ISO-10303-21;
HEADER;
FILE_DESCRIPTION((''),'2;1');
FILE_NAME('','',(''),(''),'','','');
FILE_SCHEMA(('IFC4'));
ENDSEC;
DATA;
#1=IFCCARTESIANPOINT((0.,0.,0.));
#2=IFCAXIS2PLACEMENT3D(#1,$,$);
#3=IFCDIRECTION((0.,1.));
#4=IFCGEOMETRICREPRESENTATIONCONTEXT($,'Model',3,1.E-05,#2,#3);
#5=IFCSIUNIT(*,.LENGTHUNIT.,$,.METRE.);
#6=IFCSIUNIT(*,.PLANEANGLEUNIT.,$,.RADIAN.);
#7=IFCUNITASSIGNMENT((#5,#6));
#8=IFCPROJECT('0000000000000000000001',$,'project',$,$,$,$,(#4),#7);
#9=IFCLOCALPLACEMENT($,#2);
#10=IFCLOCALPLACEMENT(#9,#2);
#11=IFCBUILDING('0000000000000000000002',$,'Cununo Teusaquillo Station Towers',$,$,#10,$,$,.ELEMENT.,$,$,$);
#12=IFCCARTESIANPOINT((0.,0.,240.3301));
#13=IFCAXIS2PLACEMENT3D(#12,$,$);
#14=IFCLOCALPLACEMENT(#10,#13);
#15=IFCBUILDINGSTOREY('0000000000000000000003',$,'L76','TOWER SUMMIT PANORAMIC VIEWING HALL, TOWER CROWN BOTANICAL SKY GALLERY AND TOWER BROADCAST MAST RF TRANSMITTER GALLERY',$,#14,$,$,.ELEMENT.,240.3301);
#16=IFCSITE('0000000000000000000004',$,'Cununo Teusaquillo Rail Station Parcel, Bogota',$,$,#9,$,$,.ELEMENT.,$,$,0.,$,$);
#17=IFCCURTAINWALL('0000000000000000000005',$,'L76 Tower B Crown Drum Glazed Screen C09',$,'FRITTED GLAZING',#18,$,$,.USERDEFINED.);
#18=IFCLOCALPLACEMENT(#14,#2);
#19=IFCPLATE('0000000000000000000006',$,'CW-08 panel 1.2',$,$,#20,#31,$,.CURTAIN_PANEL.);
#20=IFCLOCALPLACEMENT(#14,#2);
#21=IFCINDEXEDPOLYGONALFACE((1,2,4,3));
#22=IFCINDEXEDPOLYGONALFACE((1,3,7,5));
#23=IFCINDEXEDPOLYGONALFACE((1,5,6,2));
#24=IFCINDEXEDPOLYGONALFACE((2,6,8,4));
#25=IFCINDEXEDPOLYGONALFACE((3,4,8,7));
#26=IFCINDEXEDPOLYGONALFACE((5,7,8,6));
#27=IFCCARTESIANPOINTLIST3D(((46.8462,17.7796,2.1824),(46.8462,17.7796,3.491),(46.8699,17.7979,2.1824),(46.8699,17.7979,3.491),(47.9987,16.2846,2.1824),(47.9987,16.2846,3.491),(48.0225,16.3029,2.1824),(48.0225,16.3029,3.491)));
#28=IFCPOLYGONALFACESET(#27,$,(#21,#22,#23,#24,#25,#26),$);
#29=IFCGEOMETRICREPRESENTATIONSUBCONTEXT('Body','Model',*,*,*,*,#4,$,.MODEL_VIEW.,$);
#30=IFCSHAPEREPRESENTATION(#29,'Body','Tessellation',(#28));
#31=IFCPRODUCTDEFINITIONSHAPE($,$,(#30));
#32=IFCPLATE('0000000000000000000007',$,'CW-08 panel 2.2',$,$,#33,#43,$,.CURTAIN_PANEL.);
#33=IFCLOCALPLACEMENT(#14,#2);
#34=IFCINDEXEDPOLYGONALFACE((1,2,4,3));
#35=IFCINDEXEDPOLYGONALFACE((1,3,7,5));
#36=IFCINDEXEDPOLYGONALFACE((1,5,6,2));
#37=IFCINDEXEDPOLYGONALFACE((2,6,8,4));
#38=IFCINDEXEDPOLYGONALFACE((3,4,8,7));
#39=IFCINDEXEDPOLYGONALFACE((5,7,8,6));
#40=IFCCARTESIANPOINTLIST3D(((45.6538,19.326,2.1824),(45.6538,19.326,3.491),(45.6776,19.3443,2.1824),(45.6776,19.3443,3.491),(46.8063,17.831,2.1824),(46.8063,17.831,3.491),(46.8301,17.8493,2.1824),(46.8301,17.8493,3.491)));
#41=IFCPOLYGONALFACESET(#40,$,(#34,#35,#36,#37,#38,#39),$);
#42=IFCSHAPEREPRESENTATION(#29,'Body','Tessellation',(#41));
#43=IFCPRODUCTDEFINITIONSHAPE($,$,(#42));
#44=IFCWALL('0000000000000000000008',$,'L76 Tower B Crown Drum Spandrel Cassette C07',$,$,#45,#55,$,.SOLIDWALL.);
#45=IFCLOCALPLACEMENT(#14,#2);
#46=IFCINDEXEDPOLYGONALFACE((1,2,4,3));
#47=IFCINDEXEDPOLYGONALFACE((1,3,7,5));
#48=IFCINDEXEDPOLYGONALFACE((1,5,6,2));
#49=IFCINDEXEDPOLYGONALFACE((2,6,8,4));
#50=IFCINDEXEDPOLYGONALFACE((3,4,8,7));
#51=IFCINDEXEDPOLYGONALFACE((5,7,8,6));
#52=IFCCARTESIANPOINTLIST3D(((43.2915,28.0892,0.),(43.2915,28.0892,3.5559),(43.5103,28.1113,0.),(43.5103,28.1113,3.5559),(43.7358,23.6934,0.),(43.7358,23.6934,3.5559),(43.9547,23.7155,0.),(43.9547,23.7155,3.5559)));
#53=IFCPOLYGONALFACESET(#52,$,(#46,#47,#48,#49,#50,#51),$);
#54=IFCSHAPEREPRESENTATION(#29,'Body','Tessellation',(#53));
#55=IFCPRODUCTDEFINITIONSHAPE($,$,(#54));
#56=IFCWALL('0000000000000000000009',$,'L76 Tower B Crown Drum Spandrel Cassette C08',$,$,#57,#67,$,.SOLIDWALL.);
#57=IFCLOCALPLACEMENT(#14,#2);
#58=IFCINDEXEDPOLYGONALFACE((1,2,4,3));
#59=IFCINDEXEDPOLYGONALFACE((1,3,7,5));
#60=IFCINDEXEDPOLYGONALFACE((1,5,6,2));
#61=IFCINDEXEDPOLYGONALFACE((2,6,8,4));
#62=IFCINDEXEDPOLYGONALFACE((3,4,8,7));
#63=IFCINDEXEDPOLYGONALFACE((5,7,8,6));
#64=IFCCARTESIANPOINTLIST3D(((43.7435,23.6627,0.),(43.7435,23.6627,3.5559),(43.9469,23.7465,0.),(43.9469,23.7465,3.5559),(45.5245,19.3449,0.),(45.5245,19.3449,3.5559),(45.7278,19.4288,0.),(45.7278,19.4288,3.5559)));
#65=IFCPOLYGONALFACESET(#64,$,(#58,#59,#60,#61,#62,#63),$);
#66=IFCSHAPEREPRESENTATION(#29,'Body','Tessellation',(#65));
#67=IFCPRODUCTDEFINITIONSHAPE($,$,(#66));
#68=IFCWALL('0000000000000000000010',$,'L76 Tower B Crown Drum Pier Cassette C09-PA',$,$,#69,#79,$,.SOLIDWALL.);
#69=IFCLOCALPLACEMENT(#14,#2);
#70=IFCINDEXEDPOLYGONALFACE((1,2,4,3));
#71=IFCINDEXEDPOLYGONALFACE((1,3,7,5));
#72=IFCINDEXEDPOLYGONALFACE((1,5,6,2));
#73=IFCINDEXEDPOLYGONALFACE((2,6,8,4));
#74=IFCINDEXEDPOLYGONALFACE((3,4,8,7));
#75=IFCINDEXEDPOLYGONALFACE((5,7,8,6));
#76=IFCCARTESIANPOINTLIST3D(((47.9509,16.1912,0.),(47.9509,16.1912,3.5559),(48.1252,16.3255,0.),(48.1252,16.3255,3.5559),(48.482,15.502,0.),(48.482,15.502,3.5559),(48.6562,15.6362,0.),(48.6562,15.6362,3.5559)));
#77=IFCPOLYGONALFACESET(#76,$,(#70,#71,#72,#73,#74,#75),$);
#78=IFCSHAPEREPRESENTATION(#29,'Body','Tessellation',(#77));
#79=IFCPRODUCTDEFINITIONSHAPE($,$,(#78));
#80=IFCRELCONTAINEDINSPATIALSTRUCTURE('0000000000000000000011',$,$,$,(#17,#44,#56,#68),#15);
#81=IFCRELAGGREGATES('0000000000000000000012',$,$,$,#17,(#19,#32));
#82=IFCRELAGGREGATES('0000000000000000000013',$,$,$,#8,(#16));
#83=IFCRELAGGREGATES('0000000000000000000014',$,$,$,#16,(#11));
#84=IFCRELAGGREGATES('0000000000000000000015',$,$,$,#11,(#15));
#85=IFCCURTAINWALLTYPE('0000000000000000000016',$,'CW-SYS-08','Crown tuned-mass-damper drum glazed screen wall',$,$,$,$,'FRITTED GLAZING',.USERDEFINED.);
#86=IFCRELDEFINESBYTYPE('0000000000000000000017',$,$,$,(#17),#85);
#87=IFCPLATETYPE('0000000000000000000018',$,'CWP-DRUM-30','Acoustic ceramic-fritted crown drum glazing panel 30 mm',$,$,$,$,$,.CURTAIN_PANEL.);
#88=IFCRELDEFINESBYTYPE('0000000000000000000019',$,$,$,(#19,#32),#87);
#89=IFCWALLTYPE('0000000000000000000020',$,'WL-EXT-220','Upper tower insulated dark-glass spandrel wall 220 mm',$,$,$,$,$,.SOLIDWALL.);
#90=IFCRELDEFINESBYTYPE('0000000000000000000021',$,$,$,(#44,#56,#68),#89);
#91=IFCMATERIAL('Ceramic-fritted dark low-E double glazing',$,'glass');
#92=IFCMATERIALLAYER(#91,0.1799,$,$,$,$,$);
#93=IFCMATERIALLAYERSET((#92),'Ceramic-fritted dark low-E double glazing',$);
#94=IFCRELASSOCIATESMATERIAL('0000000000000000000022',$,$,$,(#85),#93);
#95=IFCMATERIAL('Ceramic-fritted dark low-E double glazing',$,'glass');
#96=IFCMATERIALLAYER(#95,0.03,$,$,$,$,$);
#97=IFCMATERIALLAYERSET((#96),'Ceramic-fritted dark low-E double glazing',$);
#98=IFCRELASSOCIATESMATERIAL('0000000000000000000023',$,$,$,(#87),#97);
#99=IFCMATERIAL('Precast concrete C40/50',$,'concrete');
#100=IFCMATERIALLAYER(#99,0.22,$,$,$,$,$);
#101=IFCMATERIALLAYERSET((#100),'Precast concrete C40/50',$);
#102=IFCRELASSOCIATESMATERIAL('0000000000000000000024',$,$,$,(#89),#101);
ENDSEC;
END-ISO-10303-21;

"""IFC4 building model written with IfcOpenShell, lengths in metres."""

from ifc_helpers import new_model, si_unit, direction, frame, frame_2d, origin, origin_2d, place, context, subcontext, project, spatial, rectangle, extrude, source, transform, mapped, material, layer, layer_set, type_object, element, aggregate, save


model = new_model("IFC4")

# Units and contexts
model_context = context("Model", 3, precision=1e-05, world=origin(), true_north=direction((0.0, 1.0)))
body_context = subcontext(model_context, "Body", "Model", "MODEL_VIEW")
ifc_project = project(units=[si_unit("LENGTHUNIT", "METRE"), si_unit("PLANEANGLEUNIT", "RADIAN")], contexts=[model_context])

# Site, building, storey
site_placement = place(None, origin())
site = spatial("IfcSite", under=ifc_project, at=site_placement, Name="Cununo Teusaquillo Rail Station Parcel, Bogota", CompositionType="ELEMENT", RefElevation=0.0)
building_placement = place(site_placement, origin())
building = spatial("IfcBuilding", under=site, at=building_placement, Name="Cununo Teusaquillo Station Towers", CompositionType="ELEMENT")
storey_placement = place(building_placement, frame((0.0, 0.0, 240.3301)))
storey = spatial("IfcBuildingStorey", under=building, at=storey_placement, Name="L76", Description="TOWER SUMMIT PANORAMIC VIEWING HALL, TOWER CROWN BOTANICAL SKY GALLERY AND TOWER BROADCAST MAST RF TRANSMITTER GALLERY", CompositionType="ELEMENT", Elevation=240.3301)

# Curtain wall
ifc_material_1 = material(Name="Ceramic-fritted dark low-E double glazing", Category="glass")
ifc_layer_1 = layer(ifc_material_1, 0.1799)
ifc_layer_set_1 = layer_set([ifc_layer_1], Name="Ceramic-fritted dark low-E double glazing")
curtain_wall_type = type_object("IfcCurtainWallType", Name="CW-SYS-08", Description="Crown tuned-mass-damper drum glazed screen wall", ElementType="FRITTED GLAZING", PredefinedType="USERDEFINED", material=ifc_layer_set_1)
curtain_wall_placement = place(storey_placement, origin())
curtain_wall = element("IfcCurtainWall", 1, at=curtain_wall_placement, inside=storey, type_object=curtain_wall_type, Name="L76 Tower B Crown Drum Glazed Screen C09", ObjectType="FRITTED GLAZING", PredefinedType="USERDEFINED")

# Plates
ifc_material_2 = material(Name="Ceramic-fritted dark low-E double glazing", Category="glass")
ifc_layer_2 = layer(ifc_material_2, 0.03)
ifc_layer_set_2 = layer_set([ifc_layer_2], Name="Ceramic-fritted dark low-E double glazing")
plate_type_1 = type_object("IfcPlateType", Name="CWP-DRUM-30", Description="Acoustic ceramic-fritted crown drum glazing panel 30 mm", PredefinedType="CURTAIN_PANEL", material=ifc_layer_set_2)
shared_shape_1 = source(origin(), body_context, "Body", "SweptSolid", [
    extrude(rectangle(XDim=1.8877, YDim=0.03, at=origin_2d()), origin(), (0.0, 0.0, 1.0), 1.3086),
])
plate_1_placement = place(storey_placement, frame((47.4343, 17.0413, 2.1824), z_axis=(0.0, 0.0, 1.0), x_axis=(-0.610566, 0.791965, 0.0)))
plate_1 = element("IfcPlate", 2, at=plate_1_placement, type_object=plate_type_1, Name="CW-08 panel 1.2", PredefinedType="CURTAIN_PANEL", context=body_context, shape_type="MappedRepresentation", body=[
    mapped(shared_shape_1, transform((0.0, 0.0, 0.0), x_axis=(1.0, 0.0, 0.0), y_axis=(0.0, 1.0, 0.0), z_axis=(0.0, 0.0, 1.0), scale=1.0)),
])
plate_2_placement = place(storey_placement, frame((46.2419, 18.5876, 2.1824), z_axis=(0.0, 0.0, 1.0), x_axis=(-0.610566, 0.791965, 0.0)))
plate_2 = element("IfcPlate", 3, at=plate_2_placement, type_object=plate_type_1, Name="CW-08 panel 2.2", PredefinedType="CURTAIN_PANEL", context=body_context, shape_type="MappedRepresentation", body=[
    mapped(shared_shape_1, transform((0.0, 0.0, 0.0), x_axis=(1.0, 0.0, 0.0), y_axis=(0.0, 1.0, 0.0), z_axis=(0.0, 0.0, 1.0), scale=1.0)),
])
aggregate(curtain_wall, [plate_1, plate_2])

# Walls
ifc_material_3 = material(Name="Precast concrete C40/50", Category="concrete")
ifc_layer_3 = layer(ifc_material_3, 0.22)
ifc_layer_set_3 = layer_set([ifc_layer_3], Name="Precast concrete C40/50")
wall_type = type_object("IfcWallType", Name="WL-EXT-220", Description="Upper tower insulated dark-glass spandrel wall 220 mm", PredefinedType="SOLIDWALL", material=ifc_layer_set_3)
wall_1_placement = place(storey_placement, frame((43.8452, 23.7046, 0.0), z_axis=(0.0, 0.0, 1.0), x_axis=(-0.100571, 0.99493, 0.0)))
element("IfcWall", 4, at=wall_1_placement, inside=storey, type_object=wall_type, Name="L76 Tower B Crown Drum Spandrel Cassette C07", PredefinedType="SOLIDWALL", context=body_context, shape_type="SweptSolid", body=[
    extrude(rectangle(XDim=4.4182, YDim=0.22, at=frame_2d((2.209, 0.0))), origin(), (0.0, 0.0, 1.0), 3.5559),
])
wall_2_placement = place(storey_placement, frame((45.6262, 19.3867, 0.0), z_axis=(0.0, 0.0, 1.0), x_axis=(-0.38131, 0.924447, 0.0)))
element("IfcWall", 5, at=wall_2_placement, inside=storey, type_object=wall_type, Name="L76 Tower B Crown Drum Spandrel Cassette C08", PredefinedType="SOLIDWALL", context=body_context, shape_type="SweptSolid", body=[
    extrude(rectangle(XDim=4.6707, YDim=0.22, at=frame_2d((2.3354, 0.0))), origin(), (0.0, 0.0, 1.0), 3.5559),
])
wall_3_placement = place(storey_placement, frame((48.5691, 15.5691, 0.0), z_axis=(0.0, 0.0, 1.0), x_axis=(-0.610321, 0.792154, 0.0)))
element("IfcWall", 6, at=wall_3_placement, inside=storey, type_object=wall_type, Name="L76 Tower B Crown Drum Pier Cassette C09-PA", PredefinedType="SOLIDWALL", context=body_context, shape_type="SweptSolid", body=[
    extrude(rectangle(XDim=0.8701, YDim=0.22, at=frame_2d((0.4351, 0.0))), origin(), (0.0, 0.0, 1.0), 3.5559),
])

save(model, "model.ifc")
